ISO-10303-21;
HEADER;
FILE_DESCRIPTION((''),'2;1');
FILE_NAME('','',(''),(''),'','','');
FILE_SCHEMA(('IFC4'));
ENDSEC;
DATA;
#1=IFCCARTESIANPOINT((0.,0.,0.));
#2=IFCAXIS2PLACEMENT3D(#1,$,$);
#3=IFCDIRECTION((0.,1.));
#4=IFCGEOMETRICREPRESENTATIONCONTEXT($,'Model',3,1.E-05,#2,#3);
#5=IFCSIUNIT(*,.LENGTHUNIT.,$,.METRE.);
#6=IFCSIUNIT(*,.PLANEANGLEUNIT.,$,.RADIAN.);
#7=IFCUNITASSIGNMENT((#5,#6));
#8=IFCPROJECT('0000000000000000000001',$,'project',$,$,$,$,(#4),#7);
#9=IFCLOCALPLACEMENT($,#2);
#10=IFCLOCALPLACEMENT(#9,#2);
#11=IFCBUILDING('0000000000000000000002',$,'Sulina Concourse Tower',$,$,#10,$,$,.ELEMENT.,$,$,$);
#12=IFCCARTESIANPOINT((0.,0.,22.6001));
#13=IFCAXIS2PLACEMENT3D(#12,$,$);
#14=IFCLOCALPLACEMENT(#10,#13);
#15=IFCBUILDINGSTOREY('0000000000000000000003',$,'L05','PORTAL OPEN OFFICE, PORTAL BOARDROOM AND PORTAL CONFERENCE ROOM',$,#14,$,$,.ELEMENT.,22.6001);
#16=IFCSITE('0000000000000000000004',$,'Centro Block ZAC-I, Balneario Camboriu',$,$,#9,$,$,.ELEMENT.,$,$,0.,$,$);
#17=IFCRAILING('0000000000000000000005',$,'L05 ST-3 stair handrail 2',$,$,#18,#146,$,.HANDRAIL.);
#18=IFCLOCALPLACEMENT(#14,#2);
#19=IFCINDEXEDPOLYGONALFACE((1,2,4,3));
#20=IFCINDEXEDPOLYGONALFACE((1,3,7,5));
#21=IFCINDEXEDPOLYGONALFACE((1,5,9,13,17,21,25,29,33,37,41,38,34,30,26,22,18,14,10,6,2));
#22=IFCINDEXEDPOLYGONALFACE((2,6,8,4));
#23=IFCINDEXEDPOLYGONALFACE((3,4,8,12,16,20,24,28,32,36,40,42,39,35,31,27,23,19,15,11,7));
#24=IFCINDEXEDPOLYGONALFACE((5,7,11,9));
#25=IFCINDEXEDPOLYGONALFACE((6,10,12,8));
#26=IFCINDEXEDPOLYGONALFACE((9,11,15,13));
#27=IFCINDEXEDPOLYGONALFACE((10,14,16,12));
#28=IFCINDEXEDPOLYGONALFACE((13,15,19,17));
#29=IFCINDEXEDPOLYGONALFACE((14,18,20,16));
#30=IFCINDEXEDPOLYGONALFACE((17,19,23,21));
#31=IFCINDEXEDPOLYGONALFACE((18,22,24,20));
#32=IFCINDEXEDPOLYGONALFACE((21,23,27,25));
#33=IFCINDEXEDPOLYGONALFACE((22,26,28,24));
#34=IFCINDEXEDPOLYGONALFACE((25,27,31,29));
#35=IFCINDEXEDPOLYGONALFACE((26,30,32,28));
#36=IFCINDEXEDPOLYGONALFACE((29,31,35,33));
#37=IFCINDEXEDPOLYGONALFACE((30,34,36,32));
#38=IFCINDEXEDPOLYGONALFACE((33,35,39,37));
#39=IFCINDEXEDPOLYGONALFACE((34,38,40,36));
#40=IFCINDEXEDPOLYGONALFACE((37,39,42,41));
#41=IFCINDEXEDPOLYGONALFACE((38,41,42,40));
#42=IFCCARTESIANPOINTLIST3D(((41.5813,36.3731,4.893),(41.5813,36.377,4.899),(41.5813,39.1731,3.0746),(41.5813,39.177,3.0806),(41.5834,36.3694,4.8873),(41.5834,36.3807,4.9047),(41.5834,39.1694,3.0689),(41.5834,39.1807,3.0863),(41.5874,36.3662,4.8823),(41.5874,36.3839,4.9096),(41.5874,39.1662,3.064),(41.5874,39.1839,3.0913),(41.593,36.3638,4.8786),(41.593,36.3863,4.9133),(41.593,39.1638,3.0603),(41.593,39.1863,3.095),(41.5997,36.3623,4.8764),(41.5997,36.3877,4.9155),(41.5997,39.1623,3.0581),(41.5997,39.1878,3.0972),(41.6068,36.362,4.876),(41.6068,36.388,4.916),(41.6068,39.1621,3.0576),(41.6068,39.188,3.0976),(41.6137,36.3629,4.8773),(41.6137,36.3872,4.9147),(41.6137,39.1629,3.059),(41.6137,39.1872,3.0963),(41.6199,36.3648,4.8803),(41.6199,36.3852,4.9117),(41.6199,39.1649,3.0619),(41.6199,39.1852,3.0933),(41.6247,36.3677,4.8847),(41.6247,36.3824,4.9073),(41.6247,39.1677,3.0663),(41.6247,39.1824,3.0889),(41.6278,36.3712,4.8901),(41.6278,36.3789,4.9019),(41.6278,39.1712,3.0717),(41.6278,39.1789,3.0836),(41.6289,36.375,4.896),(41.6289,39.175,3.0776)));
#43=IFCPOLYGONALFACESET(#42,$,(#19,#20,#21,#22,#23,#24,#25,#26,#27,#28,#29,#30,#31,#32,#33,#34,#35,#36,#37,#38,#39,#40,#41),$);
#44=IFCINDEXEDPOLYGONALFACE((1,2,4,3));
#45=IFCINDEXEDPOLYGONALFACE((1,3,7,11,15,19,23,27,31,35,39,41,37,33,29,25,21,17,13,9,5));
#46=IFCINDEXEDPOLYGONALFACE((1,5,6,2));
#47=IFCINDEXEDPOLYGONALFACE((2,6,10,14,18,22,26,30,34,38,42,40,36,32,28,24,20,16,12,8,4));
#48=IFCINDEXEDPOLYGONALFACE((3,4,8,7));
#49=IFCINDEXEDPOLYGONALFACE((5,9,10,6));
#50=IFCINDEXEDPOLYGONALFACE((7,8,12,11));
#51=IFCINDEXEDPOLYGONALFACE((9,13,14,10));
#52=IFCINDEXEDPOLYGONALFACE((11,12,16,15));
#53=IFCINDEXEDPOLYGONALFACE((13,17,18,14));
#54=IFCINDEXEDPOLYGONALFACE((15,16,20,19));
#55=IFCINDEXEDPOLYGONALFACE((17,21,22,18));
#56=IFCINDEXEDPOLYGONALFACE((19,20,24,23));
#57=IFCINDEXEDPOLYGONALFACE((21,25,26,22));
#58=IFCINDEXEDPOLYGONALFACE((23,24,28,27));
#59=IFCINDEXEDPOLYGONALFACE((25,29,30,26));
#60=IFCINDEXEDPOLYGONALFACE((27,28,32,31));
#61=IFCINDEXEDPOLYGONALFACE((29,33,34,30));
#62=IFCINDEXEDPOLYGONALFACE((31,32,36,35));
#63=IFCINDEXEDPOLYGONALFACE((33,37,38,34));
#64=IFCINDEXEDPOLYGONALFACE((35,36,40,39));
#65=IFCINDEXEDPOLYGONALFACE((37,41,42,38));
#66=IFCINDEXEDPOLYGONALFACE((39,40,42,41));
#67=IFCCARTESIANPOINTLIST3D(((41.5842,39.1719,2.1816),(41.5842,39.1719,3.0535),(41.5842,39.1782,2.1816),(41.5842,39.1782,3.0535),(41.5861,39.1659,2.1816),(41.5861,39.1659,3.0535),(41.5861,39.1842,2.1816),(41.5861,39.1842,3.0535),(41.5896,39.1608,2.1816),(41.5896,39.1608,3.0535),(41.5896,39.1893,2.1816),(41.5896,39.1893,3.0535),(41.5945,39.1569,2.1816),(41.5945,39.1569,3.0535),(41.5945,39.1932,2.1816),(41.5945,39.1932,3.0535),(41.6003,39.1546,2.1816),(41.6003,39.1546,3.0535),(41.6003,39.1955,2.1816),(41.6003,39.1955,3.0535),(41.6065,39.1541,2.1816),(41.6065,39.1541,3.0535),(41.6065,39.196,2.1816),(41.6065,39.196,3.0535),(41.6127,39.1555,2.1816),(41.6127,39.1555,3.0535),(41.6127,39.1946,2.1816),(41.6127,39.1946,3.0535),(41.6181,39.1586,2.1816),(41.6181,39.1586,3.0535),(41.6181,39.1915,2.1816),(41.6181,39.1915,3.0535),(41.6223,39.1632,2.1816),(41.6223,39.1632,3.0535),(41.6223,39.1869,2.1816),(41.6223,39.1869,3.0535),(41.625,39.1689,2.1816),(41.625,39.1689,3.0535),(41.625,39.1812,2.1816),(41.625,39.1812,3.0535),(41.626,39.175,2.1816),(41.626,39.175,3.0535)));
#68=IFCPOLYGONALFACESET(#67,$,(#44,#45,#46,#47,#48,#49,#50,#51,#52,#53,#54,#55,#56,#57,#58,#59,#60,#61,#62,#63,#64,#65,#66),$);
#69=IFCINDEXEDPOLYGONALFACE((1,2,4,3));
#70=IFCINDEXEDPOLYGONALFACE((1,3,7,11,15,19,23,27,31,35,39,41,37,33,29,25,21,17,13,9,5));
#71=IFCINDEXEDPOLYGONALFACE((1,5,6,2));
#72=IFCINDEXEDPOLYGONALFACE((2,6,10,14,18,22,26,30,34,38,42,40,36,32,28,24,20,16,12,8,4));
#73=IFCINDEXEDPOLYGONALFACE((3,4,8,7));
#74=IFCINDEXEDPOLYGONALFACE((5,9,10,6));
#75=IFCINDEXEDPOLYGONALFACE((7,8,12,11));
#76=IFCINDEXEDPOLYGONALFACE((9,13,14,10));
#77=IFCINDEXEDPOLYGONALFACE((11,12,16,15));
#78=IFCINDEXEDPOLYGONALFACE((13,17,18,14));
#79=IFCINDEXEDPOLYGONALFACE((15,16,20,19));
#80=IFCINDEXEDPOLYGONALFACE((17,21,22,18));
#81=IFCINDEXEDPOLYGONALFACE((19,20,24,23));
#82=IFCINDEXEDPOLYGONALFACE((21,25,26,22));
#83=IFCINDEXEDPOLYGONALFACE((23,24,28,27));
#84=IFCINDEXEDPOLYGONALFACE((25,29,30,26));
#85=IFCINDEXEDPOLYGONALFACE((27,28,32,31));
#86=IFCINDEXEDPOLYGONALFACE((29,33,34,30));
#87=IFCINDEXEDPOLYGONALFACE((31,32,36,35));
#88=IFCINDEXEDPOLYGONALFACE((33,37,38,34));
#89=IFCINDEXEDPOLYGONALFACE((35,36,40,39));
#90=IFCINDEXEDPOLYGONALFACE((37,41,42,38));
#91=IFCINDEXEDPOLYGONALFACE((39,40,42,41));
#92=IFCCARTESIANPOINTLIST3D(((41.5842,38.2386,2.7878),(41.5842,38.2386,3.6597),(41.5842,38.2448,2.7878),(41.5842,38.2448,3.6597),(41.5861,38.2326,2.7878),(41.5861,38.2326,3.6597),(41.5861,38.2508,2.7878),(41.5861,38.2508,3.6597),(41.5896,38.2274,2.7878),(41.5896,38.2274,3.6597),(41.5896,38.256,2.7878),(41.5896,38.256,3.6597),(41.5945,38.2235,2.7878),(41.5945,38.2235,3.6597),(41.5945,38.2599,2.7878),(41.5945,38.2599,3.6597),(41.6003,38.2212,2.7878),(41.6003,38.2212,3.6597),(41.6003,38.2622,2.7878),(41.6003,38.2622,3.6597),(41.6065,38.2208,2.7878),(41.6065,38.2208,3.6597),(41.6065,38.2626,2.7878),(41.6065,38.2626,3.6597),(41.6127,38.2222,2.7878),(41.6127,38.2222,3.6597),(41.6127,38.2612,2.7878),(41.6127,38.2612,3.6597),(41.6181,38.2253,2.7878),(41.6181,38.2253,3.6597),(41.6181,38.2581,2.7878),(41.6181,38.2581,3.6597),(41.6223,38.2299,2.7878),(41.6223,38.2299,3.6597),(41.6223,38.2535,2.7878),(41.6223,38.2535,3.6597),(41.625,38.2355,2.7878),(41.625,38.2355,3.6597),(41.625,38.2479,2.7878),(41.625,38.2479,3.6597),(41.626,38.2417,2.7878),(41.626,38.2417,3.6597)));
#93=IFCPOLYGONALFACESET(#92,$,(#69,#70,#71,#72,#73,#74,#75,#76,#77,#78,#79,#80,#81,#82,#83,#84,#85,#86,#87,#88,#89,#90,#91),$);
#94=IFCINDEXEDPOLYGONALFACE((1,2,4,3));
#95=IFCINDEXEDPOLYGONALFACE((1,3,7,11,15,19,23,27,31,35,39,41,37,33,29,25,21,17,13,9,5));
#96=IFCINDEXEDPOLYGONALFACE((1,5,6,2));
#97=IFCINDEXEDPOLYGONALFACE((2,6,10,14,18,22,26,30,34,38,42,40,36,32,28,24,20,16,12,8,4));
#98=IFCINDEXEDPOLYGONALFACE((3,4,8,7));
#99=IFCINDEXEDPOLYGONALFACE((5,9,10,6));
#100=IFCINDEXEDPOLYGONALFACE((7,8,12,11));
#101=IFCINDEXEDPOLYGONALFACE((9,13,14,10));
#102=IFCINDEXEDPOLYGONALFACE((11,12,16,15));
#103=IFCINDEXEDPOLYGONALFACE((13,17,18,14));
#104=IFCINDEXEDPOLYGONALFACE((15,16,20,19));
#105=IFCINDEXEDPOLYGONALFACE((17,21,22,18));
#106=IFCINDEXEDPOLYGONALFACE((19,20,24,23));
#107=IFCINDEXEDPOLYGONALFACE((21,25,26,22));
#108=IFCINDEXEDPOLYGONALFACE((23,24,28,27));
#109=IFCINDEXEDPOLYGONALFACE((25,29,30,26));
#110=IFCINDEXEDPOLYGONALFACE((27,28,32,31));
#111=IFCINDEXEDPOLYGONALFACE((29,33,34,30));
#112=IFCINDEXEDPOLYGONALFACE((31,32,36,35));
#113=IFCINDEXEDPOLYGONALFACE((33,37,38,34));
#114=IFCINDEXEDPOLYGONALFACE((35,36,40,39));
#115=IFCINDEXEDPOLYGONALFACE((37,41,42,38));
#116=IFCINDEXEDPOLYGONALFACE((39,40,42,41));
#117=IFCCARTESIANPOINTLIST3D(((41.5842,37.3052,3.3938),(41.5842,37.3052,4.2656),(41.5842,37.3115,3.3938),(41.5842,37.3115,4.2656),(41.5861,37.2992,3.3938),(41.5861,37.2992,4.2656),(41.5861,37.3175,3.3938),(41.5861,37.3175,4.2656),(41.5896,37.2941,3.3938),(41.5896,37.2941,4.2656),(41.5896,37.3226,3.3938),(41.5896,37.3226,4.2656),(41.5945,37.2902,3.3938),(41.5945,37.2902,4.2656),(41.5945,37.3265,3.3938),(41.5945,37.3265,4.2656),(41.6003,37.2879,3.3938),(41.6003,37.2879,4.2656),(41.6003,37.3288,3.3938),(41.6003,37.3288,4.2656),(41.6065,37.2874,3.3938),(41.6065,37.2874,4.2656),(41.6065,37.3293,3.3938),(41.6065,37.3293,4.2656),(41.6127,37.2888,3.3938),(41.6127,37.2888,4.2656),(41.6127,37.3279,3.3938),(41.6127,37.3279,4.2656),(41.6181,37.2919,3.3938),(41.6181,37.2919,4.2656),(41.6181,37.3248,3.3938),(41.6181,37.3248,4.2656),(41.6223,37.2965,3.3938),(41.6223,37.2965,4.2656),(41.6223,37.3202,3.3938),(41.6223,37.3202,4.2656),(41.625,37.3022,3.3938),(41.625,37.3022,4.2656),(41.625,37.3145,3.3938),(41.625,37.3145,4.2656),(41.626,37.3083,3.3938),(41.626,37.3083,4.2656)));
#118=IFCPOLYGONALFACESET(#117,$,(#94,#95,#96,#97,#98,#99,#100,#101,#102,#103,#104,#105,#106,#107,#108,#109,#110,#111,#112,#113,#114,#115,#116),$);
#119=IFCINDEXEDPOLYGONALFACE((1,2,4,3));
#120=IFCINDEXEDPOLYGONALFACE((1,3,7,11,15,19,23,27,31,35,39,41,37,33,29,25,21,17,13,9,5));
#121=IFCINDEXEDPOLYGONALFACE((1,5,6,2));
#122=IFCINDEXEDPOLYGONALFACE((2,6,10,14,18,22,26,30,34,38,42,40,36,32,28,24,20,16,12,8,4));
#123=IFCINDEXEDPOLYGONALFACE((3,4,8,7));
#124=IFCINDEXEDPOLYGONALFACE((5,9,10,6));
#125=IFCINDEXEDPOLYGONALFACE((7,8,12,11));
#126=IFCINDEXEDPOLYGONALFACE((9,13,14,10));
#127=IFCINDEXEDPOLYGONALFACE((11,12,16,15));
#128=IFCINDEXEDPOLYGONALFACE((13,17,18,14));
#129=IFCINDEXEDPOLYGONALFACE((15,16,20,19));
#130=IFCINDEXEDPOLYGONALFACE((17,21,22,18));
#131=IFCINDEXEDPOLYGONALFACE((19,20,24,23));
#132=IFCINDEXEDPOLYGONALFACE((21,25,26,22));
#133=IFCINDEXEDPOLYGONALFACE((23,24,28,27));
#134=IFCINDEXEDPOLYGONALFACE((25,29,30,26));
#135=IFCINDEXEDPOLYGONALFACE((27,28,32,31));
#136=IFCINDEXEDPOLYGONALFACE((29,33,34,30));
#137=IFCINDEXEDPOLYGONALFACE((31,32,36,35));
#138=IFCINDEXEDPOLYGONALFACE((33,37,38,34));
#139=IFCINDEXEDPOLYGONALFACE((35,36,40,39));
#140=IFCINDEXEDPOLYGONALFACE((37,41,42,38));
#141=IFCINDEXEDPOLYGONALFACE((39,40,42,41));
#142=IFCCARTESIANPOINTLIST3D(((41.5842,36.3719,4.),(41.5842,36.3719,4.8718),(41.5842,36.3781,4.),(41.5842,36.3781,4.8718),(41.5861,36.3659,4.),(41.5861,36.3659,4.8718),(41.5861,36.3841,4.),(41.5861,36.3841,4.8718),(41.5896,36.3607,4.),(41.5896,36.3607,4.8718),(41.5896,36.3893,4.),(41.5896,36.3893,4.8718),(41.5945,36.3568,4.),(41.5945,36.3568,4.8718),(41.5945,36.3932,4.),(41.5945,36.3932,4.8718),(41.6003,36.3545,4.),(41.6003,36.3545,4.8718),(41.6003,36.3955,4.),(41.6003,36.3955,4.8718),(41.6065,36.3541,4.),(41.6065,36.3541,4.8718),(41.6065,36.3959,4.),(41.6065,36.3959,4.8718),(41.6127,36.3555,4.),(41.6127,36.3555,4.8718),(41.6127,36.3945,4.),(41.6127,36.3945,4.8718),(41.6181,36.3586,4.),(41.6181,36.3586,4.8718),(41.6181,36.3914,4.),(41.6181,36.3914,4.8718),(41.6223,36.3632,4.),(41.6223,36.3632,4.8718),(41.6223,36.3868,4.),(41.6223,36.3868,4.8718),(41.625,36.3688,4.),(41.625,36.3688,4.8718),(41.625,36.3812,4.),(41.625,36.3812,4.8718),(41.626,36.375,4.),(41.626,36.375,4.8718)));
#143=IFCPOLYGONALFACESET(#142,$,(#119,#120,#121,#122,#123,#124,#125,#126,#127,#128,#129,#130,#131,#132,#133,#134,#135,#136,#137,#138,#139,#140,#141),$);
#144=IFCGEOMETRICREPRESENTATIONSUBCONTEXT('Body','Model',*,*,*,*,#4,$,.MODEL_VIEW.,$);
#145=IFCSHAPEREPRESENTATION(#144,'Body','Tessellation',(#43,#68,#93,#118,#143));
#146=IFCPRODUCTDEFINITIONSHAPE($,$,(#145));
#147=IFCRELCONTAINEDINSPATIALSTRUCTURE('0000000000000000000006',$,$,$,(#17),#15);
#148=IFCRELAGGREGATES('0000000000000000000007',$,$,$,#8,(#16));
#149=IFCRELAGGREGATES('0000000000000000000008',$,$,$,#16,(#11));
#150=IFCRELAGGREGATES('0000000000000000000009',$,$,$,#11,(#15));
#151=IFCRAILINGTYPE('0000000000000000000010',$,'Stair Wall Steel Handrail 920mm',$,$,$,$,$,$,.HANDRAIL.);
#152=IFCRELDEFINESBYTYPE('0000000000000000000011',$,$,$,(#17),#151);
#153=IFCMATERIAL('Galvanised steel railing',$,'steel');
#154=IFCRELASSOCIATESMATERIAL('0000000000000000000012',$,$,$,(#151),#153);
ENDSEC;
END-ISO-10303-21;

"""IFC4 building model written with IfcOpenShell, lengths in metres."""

from ifc_helpers import new_model, si_unit, direction, frame, origin, origin_2d, place, context, subcontext, project, spatial, circle, extrude, material, type_object, element, save


model = new_model("IFC4")

# Units and contexts
model_context = context("Model", 3, precision=1e-05, world=origin(), true_north=direction((0.0, 1.0)))
body_context = subcontext(model_context, "Body", "Model", "MODEL_VIEW")
ifc_project = project(units=[si_unit("LENGTHUNIT", "METRE"), si_unit("PLANEANGLEUNIT", "RADIAN")], contexts=[model_context])

# Site, building, storey
site_placement = place(None, origin())
site = spatial("IfcSite", under=ifc_project, at=site_placement, Name="Centro Block ZAC-I, Balneario Camboriu", CompositionType="ELEMENT", RefElevation=0.0)
building_placement = place(site_placement, origin())
building = spatial("IfcBuilding", under=site, at=building_placement, Name="Sulina Concourse Tower", CompositionType="ELEMENT")
storey_placement = place(building_placement, frame((0.0, 0.0, 22.6001)))
storey = spatial("IfcBuildingStorey", under=building, at=storey_placement, Name="L05", Description="PORTAL OPEN OFFICE, PORTAL BOARDROOM AND PORTAL CONFERENCE ROOM", CompositionType="ELEMENT", Elevation=22.6001)

# Railing
ifc_material_1 = material(Name="Galvanised steel railing", Category="steel")
railing_type = type_object("IfcRailingType", Name="Stair Wall Steel Handrail 920mm", PredefinedType="HANDRAIL", material=ifc_material_1)
railing_placement = place(storey_placement, frame((41.605, 39.175, 2.1816)))
element("IfcRailing", 1, at=railing_placement, inside=storey, type_object=railing_type, Name="L05 ST-3 stair handrail 2", PredefinedType="HANDRAIL", context=body_context, shape_type="SweptSolid", body=[
    extrude(circle(Radius=0.0239, at=origin_2d()), frame((0.0, 0.0, 0.896), z_axis=(0.0, -0.838672, 0.544636), x_axis=(1.0, 0.0, 0.0)), (0.0, 0.0, 1.0), 3.3386),
    extrude(circle(Radius=0.021, at=origin_2d()), origin(), (0.0, 0.0, 1.0), 0.8718),
    extrude(circle(Radius=0.021, at=origin_2d()), frame((0.0, -0.9333, 0.6062)), (0.0, 0.0, 1.0), 0.8718),
    extrude(circle(Radius=0.021, at=origin_2d()), frame((0.0, -1.8667, 1.2122)), (0.0, 0.0, 1.0), 0.8718),
    extrude(circle(Radius=0.021, at=origin_2d()), frame((0.0, -2.8, 1.8184)), (0.0, 0.0, 1.0), 0.8718),
])

save(model, "model.ifc")
